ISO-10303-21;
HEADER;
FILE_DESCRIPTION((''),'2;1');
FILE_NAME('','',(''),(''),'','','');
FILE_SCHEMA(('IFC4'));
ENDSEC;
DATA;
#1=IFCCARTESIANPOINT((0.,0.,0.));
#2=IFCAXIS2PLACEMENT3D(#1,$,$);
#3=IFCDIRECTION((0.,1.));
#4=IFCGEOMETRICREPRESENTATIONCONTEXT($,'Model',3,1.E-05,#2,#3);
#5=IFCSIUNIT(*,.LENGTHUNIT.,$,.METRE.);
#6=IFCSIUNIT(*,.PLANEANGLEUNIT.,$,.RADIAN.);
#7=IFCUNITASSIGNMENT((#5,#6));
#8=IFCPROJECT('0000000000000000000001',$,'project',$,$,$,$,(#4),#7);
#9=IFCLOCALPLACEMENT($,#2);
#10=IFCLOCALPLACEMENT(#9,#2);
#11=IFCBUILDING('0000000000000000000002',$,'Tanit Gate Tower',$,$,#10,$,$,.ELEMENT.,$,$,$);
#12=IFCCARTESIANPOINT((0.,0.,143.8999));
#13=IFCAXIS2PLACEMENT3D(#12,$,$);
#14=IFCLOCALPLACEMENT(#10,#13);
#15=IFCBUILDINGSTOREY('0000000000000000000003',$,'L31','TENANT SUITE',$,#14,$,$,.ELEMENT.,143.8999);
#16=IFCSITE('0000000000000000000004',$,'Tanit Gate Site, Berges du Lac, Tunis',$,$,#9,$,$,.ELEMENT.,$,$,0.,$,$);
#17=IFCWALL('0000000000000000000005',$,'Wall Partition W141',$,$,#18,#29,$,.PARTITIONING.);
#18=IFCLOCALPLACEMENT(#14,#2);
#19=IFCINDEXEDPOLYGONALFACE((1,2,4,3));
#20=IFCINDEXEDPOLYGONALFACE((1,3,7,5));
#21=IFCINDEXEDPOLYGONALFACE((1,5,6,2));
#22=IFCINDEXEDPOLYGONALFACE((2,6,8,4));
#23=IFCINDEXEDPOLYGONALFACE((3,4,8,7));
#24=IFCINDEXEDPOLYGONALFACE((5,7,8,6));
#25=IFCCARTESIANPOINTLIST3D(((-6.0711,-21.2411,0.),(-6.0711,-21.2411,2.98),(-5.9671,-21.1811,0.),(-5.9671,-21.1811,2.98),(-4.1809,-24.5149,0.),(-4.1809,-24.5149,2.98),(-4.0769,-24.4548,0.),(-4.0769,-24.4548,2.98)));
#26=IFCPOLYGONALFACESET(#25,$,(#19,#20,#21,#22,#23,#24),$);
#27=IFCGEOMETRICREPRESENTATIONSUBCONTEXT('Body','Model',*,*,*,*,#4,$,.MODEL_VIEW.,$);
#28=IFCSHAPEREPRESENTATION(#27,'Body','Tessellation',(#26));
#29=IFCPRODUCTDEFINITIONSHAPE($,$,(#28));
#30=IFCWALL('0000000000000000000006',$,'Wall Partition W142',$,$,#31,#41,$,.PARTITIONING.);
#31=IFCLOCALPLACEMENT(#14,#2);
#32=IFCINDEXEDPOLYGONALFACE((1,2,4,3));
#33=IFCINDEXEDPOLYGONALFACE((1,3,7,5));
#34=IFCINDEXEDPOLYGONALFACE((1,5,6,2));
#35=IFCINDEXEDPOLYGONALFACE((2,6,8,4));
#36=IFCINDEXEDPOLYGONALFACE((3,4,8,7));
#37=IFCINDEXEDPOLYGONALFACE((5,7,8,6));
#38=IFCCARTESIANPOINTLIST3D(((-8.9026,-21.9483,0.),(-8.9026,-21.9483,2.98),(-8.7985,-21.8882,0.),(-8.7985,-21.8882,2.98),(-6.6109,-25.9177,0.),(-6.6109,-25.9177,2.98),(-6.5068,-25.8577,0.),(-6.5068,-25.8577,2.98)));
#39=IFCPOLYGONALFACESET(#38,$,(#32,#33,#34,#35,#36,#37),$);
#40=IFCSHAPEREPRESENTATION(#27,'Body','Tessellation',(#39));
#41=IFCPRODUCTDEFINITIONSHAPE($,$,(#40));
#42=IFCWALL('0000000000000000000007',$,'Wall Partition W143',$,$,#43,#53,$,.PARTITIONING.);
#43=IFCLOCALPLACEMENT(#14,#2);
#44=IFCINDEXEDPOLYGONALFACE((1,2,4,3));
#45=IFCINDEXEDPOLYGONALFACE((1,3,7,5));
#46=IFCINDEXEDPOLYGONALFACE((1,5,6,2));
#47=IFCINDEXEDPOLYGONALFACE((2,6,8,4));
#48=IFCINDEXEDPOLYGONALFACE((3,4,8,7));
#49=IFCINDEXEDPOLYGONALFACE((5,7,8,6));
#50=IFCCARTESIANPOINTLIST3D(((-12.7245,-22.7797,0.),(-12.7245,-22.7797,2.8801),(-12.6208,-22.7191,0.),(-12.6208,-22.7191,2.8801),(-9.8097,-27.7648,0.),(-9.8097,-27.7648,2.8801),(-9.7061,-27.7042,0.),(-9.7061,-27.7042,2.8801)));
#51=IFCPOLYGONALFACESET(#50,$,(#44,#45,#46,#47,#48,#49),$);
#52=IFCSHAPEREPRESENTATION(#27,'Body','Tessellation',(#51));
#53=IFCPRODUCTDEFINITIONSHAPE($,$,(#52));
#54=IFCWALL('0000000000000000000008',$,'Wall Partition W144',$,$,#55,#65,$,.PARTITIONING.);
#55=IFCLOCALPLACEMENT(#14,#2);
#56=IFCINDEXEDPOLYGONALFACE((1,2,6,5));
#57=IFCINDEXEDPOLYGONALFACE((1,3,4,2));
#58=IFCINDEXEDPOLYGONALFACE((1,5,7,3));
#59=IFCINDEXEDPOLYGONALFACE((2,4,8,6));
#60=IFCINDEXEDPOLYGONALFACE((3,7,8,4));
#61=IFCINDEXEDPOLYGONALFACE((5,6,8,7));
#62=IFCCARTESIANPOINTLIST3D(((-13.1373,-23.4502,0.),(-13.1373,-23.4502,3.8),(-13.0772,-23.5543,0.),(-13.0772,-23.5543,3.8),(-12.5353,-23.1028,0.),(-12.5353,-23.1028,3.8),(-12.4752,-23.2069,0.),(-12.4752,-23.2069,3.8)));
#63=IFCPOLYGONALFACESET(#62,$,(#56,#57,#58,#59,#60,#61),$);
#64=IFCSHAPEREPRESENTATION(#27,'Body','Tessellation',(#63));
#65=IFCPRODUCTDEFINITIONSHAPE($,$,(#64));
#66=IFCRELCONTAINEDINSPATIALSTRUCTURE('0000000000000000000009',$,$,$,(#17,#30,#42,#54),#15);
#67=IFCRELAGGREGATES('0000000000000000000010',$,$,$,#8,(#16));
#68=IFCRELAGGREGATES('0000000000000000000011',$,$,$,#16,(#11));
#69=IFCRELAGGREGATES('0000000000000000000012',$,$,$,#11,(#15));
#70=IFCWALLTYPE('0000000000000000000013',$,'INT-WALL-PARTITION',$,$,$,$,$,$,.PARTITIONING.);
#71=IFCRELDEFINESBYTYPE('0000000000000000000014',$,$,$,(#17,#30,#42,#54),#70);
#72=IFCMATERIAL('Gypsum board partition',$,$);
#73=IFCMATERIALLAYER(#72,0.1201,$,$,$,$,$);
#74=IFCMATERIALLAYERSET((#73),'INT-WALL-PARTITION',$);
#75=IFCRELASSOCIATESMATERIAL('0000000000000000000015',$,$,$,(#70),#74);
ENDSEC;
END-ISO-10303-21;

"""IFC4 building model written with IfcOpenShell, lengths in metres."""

from ifc_helpers import new_model, si_unit, direction, frame, frame_2d, origin, place, context, subcontext, project, spatial, rectangle, extrude, material, layer, layer_set, type_object, element, save


model = new_model("IFC4")

# Units and contexts
model_context = context("Model", 3, precision=1e-05, world=origin(), true_north=direction((0.0, 1.0)))
body_context = subcontext(model_context, "Body", "Model", "MODEL_VIEW")
ifc_project = project(units=[si_unit("LENGTHUNIT", "METRE"), si_unit("PLANEANGLEUNIT", "RADIAN")], contexts=[model_context])

# Site, building, storey
site_placement = place(None, origin())
site = spatial("IfcSite", under=ifc_project, at=site_placement, Name="Tanit Gate Site, Berges du Lac, Tunis", CompositionType="ELEMENT", RefElevation=0.0)
building_placement = place(site_placement, origin())
building = spatial("IfcBuilding", under=site, at=building_placement, Name="Tanit Gate Tower", CompositionType="ELEMENT")
storey_placement = place(building_placement, frame((0.0, 0.0, 143.8999)))
storey = spatial("IfcBuildingStorey", under=building, at=storey_placement, Name="L31", Description="TENANT SUITE", CompositionType="ELEMENT", Elevation=143.8999)

# Shared definitions
ifc_material_1 = material(Name="Gypsum board partition")
ifc_layer_1 = layer(ifc_material_1, 0.1201)
ifc_layer_set_1 = layer_set([ifc_layer_1], Name="INT-WALL-PARTITION")
wall_type_1 = type_object("IfcWallType", Name="INT-WALL-PARTITION", PredefinedType="PARTITIONING", material=ifc_layer_set_1)

# Walls
wall_1_placement = place(storey_placement, frame((-4.1289, -24.4849, 0.0), z_axis=(0.0, 0.0, 1.0), x_axis=(-0.500015, 0.866017, 0.0)))
element("IfcWall", 1, at=wall_1_placement, inside=storey, type_object=wall_type_1, Name="Wall Partition W141", PredefinedType="PARTITIONING", context=body_context, shape_type="SweptSolid", body=[
    extrude(rectangle(XDim=3.7803, YDim=0.1201, at=frame_2d((1.8901, 0.0))), origin(), (0.0, 0.0, 1.0), 2.98),
])
wall_2_placement = place(storey_placement, frame((-6.5588, -25.8877, 0.0), z_axis=(0.0, 0.0, 1.0), x_axis=(-0.499994, 0.866029, 0.0)))
element("IfcWall", 2, at=wall_2_placement, inside=storey, type_object=wall_type_1, Name="Wall Partition W142", PredefinedType="PARTITIONING", context=body_context, shape_type="SweptSolid", body=[
    extrude(rectangle(XDim=4.5835, YDim=0.1201, at=frame_2d((2.2917, 0.0))), origin(), (0.0, 0.0, 1.0), 2.98),
])
wall_3_placement = place(storey_placement, frame((-12.6726, -22.7495, 0.0), z_axis=(0.0, 0.0, 1.0), x_axis=(0.504751, -0.863265, 0.0)))
element("IfcWall", 3, at=wall_3_placement, inside=storey, type_object=wall_type_1, Name="Wall Partition W143", PredefinedType="PARTITIONING", context=body_context, shape_type="SweptSolid", body=[
    extrude(rectangle(XDim=5.7747, YDim=0.1201, at=frame_2d((2.8872, 0.0))), origin(), (0.0, 0.0, 1.0), 2.8801),
])
wall_4_placement = place(storey_placement, frame((-12.5051, -23.1548, 0.0), z_axis=(0.0, 0.0, 1.0), x_axis=(-0.866139, -0.499804, 0.0)))
element("IfcWall", 4, at=wall_4_placement, inside=storey, type_object=wall_type_1, Name="Wall Partition W144", PredefinedType="PARTITIONING", context=body_context, shape_type="SweptSolid", body=[
    extrude(rectangle(XDim=0.6951, YDim=0.1201, at=frame_2d((0.3477, 0.0))), origin(), (0.0, 0.0, 1.0), 3.8),
])

save(model, "model.ifc")
